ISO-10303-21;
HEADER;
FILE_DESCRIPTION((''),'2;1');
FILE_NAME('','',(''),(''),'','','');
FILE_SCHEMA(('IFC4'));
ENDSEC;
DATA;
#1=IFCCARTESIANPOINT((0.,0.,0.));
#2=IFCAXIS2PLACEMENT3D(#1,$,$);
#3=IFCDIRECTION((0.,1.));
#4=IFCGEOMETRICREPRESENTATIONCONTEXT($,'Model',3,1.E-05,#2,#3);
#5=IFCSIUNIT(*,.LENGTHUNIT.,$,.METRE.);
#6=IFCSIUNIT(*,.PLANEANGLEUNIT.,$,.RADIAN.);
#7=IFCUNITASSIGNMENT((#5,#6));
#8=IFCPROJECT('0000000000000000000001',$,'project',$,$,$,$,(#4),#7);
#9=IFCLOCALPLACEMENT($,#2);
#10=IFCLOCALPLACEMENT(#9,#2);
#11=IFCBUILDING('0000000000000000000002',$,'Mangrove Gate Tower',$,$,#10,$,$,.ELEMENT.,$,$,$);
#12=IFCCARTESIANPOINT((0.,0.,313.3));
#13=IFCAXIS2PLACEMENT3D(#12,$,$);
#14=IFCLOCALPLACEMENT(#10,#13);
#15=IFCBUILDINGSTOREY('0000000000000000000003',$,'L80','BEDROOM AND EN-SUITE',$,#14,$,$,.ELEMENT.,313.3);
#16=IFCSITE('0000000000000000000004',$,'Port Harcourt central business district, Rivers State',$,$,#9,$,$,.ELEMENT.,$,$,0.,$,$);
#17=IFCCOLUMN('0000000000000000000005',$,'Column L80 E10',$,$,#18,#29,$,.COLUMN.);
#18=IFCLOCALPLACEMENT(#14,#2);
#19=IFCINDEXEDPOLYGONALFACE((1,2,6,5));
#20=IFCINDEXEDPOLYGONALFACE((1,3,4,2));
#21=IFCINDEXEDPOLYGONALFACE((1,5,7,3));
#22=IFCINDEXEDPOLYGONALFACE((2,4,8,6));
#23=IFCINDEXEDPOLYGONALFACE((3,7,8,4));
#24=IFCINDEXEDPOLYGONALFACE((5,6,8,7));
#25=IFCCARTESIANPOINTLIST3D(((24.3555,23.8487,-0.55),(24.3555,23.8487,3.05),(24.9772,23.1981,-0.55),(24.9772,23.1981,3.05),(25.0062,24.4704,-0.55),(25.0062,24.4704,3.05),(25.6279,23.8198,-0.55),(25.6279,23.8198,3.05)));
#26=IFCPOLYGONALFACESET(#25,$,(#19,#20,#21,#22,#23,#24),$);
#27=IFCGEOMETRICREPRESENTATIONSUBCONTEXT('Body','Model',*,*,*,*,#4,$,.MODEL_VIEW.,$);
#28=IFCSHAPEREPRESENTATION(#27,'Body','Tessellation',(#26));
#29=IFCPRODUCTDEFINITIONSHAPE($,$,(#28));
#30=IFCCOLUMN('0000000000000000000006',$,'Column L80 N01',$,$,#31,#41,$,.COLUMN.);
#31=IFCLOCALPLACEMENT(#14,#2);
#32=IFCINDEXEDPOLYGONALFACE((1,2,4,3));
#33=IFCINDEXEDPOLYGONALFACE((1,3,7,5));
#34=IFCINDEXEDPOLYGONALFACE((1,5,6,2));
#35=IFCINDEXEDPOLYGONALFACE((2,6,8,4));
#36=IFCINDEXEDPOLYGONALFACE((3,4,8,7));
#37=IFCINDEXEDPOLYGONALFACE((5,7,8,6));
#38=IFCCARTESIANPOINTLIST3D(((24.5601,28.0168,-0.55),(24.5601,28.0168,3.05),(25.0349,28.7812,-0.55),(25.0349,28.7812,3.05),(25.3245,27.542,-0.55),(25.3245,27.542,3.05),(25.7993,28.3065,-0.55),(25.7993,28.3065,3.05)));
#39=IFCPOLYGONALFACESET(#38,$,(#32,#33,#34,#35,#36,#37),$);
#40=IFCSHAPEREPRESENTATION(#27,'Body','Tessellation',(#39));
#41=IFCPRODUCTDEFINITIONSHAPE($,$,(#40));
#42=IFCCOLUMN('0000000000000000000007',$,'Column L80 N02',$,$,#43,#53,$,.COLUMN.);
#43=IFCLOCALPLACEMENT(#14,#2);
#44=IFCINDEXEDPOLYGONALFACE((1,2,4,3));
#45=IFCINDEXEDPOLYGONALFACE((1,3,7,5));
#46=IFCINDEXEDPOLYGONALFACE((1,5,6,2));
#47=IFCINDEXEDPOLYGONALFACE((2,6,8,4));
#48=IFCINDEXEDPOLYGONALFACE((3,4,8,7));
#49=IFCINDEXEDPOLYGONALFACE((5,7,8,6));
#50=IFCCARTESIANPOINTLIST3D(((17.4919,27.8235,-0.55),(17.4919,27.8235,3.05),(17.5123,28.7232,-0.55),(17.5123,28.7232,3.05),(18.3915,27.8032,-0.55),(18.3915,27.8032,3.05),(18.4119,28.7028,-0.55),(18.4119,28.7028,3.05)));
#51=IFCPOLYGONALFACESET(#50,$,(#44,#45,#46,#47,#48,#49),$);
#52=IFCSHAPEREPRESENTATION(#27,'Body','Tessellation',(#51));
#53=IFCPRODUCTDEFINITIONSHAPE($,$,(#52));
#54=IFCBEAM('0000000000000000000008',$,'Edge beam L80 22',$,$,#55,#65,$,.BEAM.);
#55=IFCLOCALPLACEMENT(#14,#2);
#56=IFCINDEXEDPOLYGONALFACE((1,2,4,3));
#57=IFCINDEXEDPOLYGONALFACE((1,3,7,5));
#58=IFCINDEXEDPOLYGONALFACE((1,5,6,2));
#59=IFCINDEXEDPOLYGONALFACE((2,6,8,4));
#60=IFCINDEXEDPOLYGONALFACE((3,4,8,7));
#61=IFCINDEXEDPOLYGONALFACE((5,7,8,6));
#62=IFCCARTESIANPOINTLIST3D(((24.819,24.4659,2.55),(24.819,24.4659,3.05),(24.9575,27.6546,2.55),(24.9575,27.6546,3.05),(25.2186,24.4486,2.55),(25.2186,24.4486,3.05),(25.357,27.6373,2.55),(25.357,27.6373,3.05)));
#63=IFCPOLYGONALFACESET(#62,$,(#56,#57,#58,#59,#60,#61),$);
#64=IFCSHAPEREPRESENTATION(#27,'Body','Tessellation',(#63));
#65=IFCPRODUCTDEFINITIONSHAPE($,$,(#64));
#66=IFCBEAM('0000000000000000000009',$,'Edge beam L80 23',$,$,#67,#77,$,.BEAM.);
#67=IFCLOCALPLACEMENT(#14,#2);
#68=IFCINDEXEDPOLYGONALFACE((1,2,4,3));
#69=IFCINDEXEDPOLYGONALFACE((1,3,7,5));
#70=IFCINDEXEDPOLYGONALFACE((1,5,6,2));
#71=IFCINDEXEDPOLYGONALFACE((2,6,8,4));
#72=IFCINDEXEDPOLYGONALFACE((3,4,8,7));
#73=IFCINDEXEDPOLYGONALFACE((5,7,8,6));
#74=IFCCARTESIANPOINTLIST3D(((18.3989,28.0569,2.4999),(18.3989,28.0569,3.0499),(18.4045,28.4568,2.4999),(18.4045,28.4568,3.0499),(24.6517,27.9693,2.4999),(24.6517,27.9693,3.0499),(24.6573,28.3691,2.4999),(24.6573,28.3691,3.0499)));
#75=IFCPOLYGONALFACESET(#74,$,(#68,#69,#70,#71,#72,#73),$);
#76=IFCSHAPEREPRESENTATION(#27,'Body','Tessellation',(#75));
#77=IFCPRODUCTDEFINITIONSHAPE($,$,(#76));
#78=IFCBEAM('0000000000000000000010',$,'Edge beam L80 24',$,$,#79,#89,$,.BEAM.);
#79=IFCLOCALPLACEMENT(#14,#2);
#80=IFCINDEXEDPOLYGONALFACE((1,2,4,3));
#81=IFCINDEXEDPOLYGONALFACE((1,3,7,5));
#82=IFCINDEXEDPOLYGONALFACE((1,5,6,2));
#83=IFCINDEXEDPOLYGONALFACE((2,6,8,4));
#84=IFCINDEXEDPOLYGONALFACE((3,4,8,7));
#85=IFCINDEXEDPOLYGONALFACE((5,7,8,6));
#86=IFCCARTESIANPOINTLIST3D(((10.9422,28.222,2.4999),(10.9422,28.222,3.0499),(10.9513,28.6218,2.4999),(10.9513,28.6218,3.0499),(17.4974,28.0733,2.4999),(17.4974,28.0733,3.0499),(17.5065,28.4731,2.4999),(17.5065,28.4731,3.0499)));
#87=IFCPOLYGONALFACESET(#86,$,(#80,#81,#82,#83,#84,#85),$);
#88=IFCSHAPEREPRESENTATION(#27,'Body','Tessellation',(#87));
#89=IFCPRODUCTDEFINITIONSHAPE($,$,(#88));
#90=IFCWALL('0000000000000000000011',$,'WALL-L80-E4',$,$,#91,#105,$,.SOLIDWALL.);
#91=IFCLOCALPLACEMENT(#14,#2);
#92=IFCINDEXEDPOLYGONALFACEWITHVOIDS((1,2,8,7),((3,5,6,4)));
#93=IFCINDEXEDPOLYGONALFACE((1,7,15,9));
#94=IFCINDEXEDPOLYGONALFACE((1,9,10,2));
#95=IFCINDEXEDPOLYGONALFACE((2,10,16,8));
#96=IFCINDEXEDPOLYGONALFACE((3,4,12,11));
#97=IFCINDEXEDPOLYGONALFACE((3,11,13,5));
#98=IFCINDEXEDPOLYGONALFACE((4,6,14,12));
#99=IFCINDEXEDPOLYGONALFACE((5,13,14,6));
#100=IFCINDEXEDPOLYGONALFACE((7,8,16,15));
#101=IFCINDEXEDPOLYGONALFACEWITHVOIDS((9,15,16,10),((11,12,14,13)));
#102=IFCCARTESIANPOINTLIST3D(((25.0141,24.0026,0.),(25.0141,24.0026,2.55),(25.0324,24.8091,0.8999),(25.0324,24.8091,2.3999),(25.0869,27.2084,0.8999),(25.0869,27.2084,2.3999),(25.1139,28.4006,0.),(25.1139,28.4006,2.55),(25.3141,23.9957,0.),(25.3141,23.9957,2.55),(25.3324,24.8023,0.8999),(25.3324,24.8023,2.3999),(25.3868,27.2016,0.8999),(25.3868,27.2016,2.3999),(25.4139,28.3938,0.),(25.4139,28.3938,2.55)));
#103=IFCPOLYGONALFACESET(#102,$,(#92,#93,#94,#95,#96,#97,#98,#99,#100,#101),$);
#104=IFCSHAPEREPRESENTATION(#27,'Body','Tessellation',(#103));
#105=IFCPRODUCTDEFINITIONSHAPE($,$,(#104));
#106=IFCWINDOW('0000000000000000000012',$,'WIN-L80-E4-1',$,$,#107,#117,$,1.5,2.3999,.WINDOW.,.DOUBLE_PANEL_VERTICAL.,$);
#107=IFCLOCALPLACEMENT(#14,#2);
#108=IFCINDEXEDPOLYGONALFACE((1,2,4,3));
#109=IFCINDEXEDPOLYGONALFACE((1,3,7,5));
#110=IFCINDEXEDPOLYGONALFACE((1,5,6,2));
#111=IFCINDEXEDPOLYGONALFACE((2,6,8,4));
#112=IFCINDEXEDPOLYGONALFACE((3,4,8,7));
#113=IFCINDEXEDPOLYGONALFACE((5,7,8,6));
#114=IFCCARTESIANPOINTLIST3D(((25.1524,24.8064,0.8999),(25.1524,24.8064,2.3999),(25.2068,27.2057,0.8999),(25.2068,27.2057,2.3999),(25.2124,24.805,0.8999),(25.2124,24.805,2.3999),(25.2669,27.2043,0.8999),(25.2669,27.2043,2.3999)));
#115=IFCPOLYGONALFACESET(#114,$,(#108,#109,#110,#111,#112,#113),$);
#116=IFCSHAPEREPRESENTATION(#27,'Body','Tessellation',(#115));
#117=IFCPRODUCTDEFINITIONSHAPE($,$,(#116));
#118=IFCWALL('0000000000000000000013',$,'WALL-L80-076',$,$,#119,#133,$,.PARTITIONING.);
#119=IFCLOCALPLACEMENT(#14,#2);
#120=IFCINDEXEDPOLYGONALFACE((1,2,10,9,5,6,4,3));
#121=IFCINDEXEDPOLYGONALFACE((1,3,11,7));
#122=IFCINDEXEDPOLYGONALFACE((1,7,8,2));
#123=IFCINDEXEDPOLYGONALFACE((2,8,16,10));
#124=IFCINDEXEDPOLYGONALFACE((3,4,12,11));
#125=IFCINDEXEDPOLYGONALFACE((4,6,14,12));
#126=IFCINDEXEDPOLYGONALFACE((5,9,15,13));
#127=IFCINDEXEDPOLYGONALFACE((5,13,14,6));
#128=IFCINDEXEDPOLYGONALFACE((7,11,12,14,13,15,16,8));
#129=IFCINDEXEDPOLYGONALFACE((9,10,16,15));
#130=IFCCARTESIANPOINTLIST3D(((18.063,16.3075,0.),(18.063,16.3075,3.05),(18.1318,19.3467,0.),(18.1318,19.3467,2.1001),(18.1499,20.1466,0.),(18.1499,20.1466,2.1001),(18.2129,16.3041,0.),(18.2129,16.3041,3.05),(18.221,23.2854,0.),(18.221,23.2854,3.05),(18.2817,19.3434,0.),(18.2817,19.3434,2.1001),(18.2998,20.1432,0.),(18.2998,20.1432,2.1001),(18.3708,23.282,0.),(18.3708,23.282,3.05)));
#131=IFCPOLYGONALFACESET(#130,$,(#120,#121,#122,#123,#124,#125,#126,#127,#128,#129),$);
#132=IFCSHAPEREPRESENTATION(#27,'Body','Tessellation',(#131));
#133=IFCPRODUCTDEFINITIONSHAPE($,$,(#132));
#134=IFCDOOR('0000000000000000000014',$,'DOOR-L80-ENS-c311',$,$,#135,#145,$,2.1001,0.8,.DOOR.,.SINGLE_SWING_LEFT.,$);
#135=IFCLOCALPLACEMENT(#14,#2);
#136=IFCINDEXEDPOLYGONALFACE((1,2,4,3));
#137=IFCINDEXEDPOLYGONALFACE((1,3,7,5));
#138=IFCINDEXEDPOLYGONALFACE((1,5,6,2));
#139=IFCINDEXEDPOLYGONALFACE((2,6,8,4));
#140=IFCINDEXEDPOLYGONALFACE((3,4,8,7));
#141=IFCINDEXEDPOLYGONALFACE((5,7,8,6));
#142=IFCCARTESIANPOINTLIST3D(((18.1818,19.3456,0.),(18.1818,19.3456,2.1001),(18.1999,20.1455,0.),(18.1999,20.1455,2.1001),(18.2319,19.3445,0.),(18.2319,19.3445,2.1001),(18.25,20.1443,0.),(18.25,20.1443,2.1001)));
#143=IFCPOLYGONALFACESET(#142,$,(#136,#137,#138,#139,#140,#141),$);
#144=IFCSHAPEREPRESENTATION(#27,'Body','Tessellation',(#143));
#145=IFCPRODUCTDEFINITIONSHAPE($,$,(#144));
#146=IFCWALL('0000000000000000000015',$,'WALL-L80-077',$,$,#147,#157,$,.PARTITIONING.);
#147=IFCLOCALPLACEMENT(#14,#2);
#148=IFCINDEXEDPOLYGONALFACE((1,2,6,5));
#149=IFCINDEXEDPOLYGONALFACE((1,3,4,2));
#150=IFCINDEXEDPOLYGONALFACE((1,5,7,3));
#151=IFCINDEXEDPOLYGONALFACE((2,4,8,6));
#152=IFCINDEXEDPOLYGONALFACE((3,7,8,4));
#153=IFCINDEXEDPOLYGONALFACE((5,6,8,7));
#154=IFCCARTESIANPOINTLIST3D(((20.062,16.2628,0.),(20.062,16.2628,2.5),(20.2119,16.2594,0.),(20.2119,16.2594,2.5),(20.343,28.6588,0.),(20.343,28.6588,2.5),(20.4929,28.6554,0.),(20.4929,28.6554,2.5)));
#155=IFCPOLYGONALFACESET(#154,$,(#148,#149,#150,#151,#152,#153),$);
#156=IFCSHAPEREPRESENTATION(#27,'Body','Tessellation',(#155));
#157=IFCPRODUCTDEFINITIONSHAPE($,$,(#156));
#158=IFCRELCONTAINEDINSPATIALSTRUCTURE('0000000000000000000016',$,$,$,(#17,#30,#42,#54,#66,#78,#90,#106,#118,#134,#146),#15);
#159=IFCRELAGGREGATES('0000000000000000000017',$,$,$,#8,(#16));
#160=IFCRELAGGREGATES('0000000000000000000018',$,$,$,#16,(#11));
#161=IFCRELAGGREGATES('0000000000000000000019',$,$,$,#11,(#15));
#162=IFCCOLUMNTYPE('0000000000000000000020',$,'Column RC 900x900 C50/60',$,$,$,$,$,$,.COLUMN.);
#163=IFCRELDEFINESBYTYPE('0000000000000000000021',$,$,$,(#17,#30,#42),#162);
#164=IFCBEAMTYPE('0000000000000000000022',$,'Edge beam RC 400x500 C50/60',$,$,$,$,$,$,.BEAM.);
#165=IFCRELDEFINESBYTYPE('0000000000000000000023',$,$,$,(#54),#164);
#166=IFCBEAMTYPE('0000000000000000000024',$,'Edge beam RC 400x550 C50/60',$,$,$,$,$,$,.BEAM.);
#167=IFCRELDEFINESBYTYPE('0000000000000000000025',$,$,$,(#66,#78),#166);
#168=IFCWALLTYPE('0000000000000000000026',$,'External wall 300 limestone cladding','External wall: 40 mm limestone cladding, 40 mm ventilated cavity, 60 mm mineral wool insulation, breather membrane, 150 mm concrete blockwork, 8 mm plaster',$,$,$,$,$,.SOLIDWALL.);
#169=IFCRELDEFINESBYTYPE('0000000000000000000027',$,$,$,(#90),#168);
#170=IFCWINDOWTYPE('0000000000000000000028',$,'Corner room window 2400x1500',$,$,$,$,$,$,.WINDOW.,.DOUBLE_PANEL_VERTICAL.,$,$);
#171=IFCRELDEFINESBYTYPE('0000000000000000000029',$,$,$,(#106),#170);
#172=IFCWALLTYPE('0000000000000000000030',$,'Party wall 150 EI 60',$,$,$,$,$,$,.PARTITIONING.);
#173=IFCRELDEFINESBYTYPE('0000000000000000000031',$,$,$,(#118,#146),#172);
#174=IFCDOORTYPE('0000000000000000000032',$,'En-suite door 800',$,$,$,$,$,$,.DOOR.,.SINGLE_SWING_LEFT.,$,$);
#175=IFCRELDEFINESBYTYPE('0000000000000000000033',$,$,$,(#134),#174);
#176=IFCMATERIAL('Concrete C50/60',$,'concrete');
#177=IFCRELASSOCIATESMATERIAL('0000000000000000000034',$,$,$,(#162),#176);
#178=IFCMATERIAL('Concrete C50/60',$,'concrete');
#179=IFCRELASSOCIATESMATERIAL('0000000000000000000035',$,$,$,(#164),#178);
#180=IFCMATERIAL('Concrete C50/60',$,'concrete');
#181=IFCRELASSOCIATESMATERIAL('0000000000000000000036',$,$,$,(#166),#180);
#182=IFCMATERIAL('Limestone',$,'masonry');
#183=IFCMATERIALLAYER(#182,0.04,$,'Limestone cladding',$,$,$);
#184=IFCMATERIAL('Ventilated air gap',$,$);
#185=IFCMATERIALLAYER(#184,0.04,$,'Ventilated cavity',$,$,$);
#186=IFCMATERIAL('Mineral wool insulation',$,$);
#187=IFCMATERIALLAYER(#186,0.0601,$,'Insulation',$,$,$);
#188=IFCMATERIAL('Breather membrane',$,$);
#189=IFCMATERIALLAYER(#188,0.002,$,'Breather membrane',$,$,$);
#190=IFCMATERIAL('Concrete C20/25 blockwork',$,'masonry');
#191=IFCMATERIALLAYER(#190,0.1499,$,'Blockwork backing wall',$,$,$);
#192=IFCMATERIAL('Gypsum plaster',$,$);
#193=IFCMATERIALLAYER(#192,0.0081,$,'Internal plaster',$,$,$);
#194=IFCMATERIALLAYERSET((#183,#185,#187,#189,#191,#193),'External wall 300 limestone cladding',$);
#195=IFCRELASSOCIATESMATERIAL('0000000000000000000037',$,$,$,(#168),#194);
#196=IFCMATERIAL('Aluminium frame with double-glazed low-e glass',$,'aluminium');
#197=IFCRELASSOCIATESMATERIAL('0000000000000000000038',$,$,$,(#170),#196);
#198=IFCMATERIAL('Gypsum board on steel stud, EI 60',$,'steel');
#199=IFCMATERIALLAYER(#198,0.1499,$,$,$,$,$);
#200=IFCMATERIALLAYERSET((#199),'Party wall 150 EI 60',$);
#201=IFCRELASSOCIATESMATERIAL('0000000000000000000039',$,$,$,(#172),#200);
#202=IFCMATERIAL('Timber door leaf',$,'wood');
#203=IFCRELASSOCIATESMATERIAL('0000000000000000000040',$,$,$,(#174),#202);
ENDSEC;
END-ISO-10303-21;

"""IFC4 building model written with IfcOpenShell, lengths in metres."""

from ifc_helpers import new_model, si_unit, direction, frame, frame_2d, origin, origin_2d, place, context, subcontext, project, spatial, rectangle, extrude, material, layer, layer_set, material_profile, profile_set, type_object, element, fill, save


model = new_model("IFC4")

# Units and contexts
model_context = context("Model", 3, precision=1e-05, world=origin(), true_north=direction((0.0, 1.0)))
body_context = subcontext(model_context, "Body", "Model", "MODEL_VIEW")
ifc_project = project(units=[si_unit("LENGTHUNIT", "METRE"), si_unit("PLANEANGLEUNIT", "RADIAN")], contexts=[model_context])

# Site, building, storey
site_placement = place(None, origin())
site = spatial("IfcSite", under=ifc_project, at=site_placement, Name="Port Harcourt central business district, Rivers State", CompositionType="ELEMENT", RefElevation=0.0)
building_placement = place(site_placement, origin())
building = spatial("IfcBuilding", under=site, at=building_placement, Name="Mangrove Gate Tower", CompositionType="ELEMENT")
storey_placement = place(building_placement, frame((0.0, 0.0, 313.3)))
storey = spatial("IfcBuildingStorey", under=building, at=storey_placement, Name="L80", Description="BEDROOM AND EN-SUITE", CompositionType="ELEMENT", Elevation=313.3)

# Columns
ifc_material_1 = material(Name="Concrete C50/60", Category="concrete")
ifc_material_profile_1 = material_profile(ifc_material_1, rectangle(XDim=0.8999, YDim=0.8999, at=origin_2d()))
ifc_profile_set_1 = profile_set([ifc_material_profile_1], Name="Concrete C50/60")
column_type = type_object("IfcColumnType", Name="Column RC 900x900 C50/60", PredefinedType="COLUMN", material=ifc_profile_set_1)
for number, where, z_axis, x_axis, name in (
    (1, (24.9917, 23.8342, -0.55), (0.0, 0.0, 1.0), (-0.690854, 0.722994, 0.0), "Column L80 E10"),
    (2, (25.1797, 28.1616, -0.55), (0.0, 0.0, 1.0), (-0.849494, 0.527599, 0.0), "Column L80 N01"),
    (3, (17.9519, 28.2632, -0.55), (0.0, 0.0, 1.0), (-0.999743, 0.022664, 0.0), "Column L80 N02"),
):
    element("IfcColumn", number, at=place(storey_placement, frame(where, z_axis=z_axis, x_axis=x_axis)), inside=storey, type_object=column_type, Name=name, PredefinedType="COLUMN", context=body_context, shape_type="SweptSolid", body=[
        extrude(rectangle(XDim=0.8999, YDim=0.8999, at=origin_2d()), origin(), (0.0, 0.0, 1.0), 3.6001),
    ])

# Beams
ifc_material_2 = material(Name="Concrete C50/60", Category="concrete")
ifc_material_profile_2 = material_profile(ifc_material_2, rectangle(XDim=0.3999, YDim=0.5, at=origin_2d()))
ifc_profile_set_2 = profile_set([ifc_material_profile_2], Name="Concrete C50/60")
beam_type_1 = type_object("IfcBeamType", Name="Edge beam RC 400x500 C50/60", PredefinedType="BEAM", material=ifc_profile_set_2)
beam_1_placement = place(storey_placement, frame((25.0188, 24.4573, 2.8), z_axis=(0.043371, 0.999059, 0.0), x_axis=(-0.999059, 0.043371, 0.0)))
element("IfcBeam", 4, at=beam_1_placement, inside=storey, type_object=beam_type_1, Name="Edge beam L80 22", PredefinedType="BEAM", context=body_context, shape_type="SweptSolid", body=[
    extrude(rectangle(XDim=0.3999, YDim=0.5, at=origin_2d()), origin(), (0.0, 0.0, 1.0), 3.1917),
])
ifc_material_3 = material(Name="Concrete C50/60", Category="concrete")
ifc_material_profile_3 = material_profile(ifc_material_3, rectangle(XDim=0.3999, YDim=0.55, at=origin_2d()))
ifc_profile_set_3 = profile_set([ifc_material_profile_3], Name="Concrete C50/60")
beam_type_2 = type_object("IfcBeamType", Name="Edge beam RC 400x550 C50/60", PredefinedType="BEAM", material=ifc_profile_set_3)
beam_2_placement = place(storey_placement, frame((24.6545, 28.1692, 2.7749), z_axis=(-0.999902, 0.014016, 0.0), x_axis=(-0.014016, -0.999902, 0.0)))
element("IfcBeam", 5, at=beam_2_placement, inside=storey, type_object=beam_type_2, Name="Edge beam L80 23", PredefinedType="BEAM", context=body_context, shape_type="SweptSolid", body=[
    extrude(rectangle(XDim=0.3999, YDim=0.55, at=origin_2d()), origin(), (0.0, 0.0, 1.0), 6.2534),
])
beam_3_placement = place(storey_placement, frame((17.502, 28.2732, 2.7749), z_axis=(-0.999743, 0.022676, 0.0), x_axis=(-0.022676, -0.999743, 0.0)))
element("IfcBeam", 6, at=beam_3_placement, inside=storey, type_object=beam_type_2, Name="Edge beam L80 24", PredefinedType="BEAM", context=body_context, shape_type="SweptSolid", body=[
    extrude(rectangle(XDim=0.3999, YDim=0.55, at=origin_2d()), origin(), (0.0, 0.0, 1.0), 6.5569),
])

# Wall, opening, window
ifc_material_4 = material(Name="Limestone", Category="masonry")
ifc_layer_1 = layer(ifc_material_4, 0.04, Name="Limestone cladding")
ifc_material_5 = material(Name="Ventilated air gap")
ifc_layer_2 = layer(ifc_material_5, 0.04, Name="Ventilated cavity")
ifc_material_6 = material(Name="Mineral wool insulation")
ifc_layer_3 = layer(ifc_material_6, 0.0601, Name="Insulation")
ifc_material_7 = material(Name="Breather membrane")
ifc_layer_4 = layer(ifc_material_7, 0.002, Name="Breather membrane")
ifc_material_8 = material(Name="Concrete C20/25 blockwork", Category="masonry")
ifc_layer_5 = layer(ifc_material_8, 0.1499, Name="Blockwork backing wall")
ifc_material_9 = material(Name="Gypsum plaster")
ifc_layer_6 = layer(ifc_material_9, 0.0081, Name="Internal plaster")
ifc_layer_set_1 = layer_set([ifc_layer_1, ifc_layer_2, ifc_layer_3, ifc_layer_4, ifc_layer_5, ifc_layer_6], Name="External wall 300 limestone cladding")
wall_type_1 = type_object("IfcWallType", Name="External wall 300 limestone cladding", Description="External wall: 40 mm limestone cladding, 40 mm ventilated cavity, 60 mm mineral wool insulation, breather membrane, 150 mm concrete blockwork, 8 mm plaster", PredefinedType="SOLIDWALL", material=ifc_layer_set_1)
wall_1_placement = place(storey_placement, frame((25.1641, 23.999, 0.0), z_axis=(0.0, 0.0, 1.0), x_axis=(0.022699, 0.999742, 0.0)))
wall_1 = element("IfcWall", 7, at=wall_1_placement, inside=storey, type_object=wall_type_1, Name="WALL-L80-E4", PredefinedType="SOLIDWALL", context=body_context, shape_type="SweptSolid", body=[
    extrude(rectangle(XDim=4.3992, YDim=0.3, at=frame_2d((2.1997, 0.0))), origin(), (0.0, 0.0, 1.0), 2.55),
])
opening_1_placement = place(wall_1_placement, frame((0.8069, 0.0, 0.8999)))
opening_1 = element("IfcOpeningElement", 8, at=opening_1_placement, cuts=wall_1, PredefinedType="OPENING", context=body_context, shape_type="SweptSolid", body=[
    extrude(rectangle(XDim=2.3999, YDim=1.5, at=frame_2d((1.2, 0.75))), frame((0.0, 0.1599, 0.0), z_axis=(0.0, -1.0, 0.0), x_axis=(1.0, 0.0, 0.0)), (0.0, 0.0, 1.0), 0.3201),
])
ifc_material_10 = material(Name="Aluminium frame with double-glazed low-e glass", Category="aluminium")
window_type = type_object("IfcWindowType", Name="Corner room window 2400x1500", PartitioningType="DOUBLE_PANEL_VERTICAL", PredefinedType="WINDOW", material=ifc_material_10)
window_placement = place(opening_1_placement, origin())
window = element("IfcWindow", 9, at=window_placement, inside=storey, type_object=window_type, Name="WIN-L80-E4-1", OverallHeight=1.5, OverallWidth=2.3999, PartitioningType="DOUBLE_PANEL_VERTICAL", PredefinedType="WINDOW", context=body_context, shape_type="SweptSolid", body=[
    extrude(rectangle(XDim=2.3999, YDim=1.5, at=frame_2d((1.2, 0.75))), frame((0.0, 0.03, 0.0), z_axis=(0.0, -1.0, 0.0), x_axis=(1.0, 0.0, 0.0)), (0.0, 0.0, 1.0), 0.0601),
])
fill(opening_1, window)

# Wall, opening, door
ifc_material_11 = material(Name="Gypsum board on steel stud, EI 60", Category="steel")
ifc_layer_7 = layer(ifc_material_11, 0.1499)
ifc_layer_set_2 = layer_set([ifc_layer_7], Name="Party wall 150 EI 60")
wall_type_2 = type_object("IfcWallType", Name="Party wall 150 EI 60", PredefinedType="PARTITIONING", material=ifc_layer_set_2)
wall_2_placement = place(storey_placement, frame((18.1379, 16.3059, 0.0), z_axis=(0.0, 0.0, 1.0), x_axis=(0.022631, 0.999744, 0.0)))
wall_2 = element("IfcWall", 10, at=wall_2_placement, inside=storey, type_object=wall_type_2, Name="WALL-L80-076", PredefinedType="PARTITIONING", context=body_context, shape_type="SweptSolid", body=[
    extrude(rectangle(XDim=6.9797, YDim=0.1499, at=frame_2d((3.4897, 0.0))), origin(), (0.0, 0.0, 1.0), 3.05),
])
opening_2_placement = place(wall_2_placement, frame((3.04, 0.0, 0.0)))
opening_2 = element("IfcOpeningElement", 11, at=opening_2_placement, cuts=wall_2, PredefinedType="OPENING", context=body_context, shape_type="SweptSolid", body=[
    extrude(rectangle(XDim=0.8, YDim=2.1001, at=frame_2d((0.3999, 1.05))), frame((0.0, 0.085, 0.0), z_axis=(0.0, -1.0, 0.0), x_axis=(1.0, 0.0, 0.0)), (0.0, 0.0, 1.0), 0.1699),
])
ifc_material_12 = material(Name="Timber door leaf", Category="wood")
door_type = type_object("IfcDoorType", Name="En-suite door 800", OperationType="SINGLE_SWING_LEFT", PredefinedType="DOOR", material=ifc_material_12)
door_placement = place(opening_2_placement, origin())
door = element("IfcDoor", 12, at=door_placement, inside=storey, type_object=door_type, Name="DOOR-L80-ENS-c311", OperationType="SINGLE_SWING_LEFT", OverallHeight=2.1001, OverallWidth=0.8, PredefinedType="DOOR", context=body_context, shape_type="SweptSolid", body=[
    extrude(rectangle(XDim=0.8, YDim=2.1001, at=frame_2d((0.3999, 1.05))), frame((0.0, 0.0249, 0.0), z_axis=(0.0, -1.0, 0.0), x_axis=(1.0, 0.0, 0.0)), (0.0, 0.0, 1.0), 0.05),
])
fill(opening_2, door)

# Wall
wall_3_placement = place(storey_placement, frame((20.137, 16.261, 0.0), z_axis=(0.0, 0.0, 1.0), x_axis=(0.022663, 0.999743, 0.0)))
element("IfcWall", 13, at=wall_3_placement, inside=storey, type_object=wall_type_2, Name="WALL-L80-077", PredefinedType="PARTITIONING", context=body_context, shape_type="SweptSolid", body=[
    extrude(rectangle(XDim=12.3992, YDim=0.1499, at=frame_2d((6.1997, 0.0))), origin(), (0.0, 0.0, 1.0), 2.5),
])

save(model, "model.ifc")
